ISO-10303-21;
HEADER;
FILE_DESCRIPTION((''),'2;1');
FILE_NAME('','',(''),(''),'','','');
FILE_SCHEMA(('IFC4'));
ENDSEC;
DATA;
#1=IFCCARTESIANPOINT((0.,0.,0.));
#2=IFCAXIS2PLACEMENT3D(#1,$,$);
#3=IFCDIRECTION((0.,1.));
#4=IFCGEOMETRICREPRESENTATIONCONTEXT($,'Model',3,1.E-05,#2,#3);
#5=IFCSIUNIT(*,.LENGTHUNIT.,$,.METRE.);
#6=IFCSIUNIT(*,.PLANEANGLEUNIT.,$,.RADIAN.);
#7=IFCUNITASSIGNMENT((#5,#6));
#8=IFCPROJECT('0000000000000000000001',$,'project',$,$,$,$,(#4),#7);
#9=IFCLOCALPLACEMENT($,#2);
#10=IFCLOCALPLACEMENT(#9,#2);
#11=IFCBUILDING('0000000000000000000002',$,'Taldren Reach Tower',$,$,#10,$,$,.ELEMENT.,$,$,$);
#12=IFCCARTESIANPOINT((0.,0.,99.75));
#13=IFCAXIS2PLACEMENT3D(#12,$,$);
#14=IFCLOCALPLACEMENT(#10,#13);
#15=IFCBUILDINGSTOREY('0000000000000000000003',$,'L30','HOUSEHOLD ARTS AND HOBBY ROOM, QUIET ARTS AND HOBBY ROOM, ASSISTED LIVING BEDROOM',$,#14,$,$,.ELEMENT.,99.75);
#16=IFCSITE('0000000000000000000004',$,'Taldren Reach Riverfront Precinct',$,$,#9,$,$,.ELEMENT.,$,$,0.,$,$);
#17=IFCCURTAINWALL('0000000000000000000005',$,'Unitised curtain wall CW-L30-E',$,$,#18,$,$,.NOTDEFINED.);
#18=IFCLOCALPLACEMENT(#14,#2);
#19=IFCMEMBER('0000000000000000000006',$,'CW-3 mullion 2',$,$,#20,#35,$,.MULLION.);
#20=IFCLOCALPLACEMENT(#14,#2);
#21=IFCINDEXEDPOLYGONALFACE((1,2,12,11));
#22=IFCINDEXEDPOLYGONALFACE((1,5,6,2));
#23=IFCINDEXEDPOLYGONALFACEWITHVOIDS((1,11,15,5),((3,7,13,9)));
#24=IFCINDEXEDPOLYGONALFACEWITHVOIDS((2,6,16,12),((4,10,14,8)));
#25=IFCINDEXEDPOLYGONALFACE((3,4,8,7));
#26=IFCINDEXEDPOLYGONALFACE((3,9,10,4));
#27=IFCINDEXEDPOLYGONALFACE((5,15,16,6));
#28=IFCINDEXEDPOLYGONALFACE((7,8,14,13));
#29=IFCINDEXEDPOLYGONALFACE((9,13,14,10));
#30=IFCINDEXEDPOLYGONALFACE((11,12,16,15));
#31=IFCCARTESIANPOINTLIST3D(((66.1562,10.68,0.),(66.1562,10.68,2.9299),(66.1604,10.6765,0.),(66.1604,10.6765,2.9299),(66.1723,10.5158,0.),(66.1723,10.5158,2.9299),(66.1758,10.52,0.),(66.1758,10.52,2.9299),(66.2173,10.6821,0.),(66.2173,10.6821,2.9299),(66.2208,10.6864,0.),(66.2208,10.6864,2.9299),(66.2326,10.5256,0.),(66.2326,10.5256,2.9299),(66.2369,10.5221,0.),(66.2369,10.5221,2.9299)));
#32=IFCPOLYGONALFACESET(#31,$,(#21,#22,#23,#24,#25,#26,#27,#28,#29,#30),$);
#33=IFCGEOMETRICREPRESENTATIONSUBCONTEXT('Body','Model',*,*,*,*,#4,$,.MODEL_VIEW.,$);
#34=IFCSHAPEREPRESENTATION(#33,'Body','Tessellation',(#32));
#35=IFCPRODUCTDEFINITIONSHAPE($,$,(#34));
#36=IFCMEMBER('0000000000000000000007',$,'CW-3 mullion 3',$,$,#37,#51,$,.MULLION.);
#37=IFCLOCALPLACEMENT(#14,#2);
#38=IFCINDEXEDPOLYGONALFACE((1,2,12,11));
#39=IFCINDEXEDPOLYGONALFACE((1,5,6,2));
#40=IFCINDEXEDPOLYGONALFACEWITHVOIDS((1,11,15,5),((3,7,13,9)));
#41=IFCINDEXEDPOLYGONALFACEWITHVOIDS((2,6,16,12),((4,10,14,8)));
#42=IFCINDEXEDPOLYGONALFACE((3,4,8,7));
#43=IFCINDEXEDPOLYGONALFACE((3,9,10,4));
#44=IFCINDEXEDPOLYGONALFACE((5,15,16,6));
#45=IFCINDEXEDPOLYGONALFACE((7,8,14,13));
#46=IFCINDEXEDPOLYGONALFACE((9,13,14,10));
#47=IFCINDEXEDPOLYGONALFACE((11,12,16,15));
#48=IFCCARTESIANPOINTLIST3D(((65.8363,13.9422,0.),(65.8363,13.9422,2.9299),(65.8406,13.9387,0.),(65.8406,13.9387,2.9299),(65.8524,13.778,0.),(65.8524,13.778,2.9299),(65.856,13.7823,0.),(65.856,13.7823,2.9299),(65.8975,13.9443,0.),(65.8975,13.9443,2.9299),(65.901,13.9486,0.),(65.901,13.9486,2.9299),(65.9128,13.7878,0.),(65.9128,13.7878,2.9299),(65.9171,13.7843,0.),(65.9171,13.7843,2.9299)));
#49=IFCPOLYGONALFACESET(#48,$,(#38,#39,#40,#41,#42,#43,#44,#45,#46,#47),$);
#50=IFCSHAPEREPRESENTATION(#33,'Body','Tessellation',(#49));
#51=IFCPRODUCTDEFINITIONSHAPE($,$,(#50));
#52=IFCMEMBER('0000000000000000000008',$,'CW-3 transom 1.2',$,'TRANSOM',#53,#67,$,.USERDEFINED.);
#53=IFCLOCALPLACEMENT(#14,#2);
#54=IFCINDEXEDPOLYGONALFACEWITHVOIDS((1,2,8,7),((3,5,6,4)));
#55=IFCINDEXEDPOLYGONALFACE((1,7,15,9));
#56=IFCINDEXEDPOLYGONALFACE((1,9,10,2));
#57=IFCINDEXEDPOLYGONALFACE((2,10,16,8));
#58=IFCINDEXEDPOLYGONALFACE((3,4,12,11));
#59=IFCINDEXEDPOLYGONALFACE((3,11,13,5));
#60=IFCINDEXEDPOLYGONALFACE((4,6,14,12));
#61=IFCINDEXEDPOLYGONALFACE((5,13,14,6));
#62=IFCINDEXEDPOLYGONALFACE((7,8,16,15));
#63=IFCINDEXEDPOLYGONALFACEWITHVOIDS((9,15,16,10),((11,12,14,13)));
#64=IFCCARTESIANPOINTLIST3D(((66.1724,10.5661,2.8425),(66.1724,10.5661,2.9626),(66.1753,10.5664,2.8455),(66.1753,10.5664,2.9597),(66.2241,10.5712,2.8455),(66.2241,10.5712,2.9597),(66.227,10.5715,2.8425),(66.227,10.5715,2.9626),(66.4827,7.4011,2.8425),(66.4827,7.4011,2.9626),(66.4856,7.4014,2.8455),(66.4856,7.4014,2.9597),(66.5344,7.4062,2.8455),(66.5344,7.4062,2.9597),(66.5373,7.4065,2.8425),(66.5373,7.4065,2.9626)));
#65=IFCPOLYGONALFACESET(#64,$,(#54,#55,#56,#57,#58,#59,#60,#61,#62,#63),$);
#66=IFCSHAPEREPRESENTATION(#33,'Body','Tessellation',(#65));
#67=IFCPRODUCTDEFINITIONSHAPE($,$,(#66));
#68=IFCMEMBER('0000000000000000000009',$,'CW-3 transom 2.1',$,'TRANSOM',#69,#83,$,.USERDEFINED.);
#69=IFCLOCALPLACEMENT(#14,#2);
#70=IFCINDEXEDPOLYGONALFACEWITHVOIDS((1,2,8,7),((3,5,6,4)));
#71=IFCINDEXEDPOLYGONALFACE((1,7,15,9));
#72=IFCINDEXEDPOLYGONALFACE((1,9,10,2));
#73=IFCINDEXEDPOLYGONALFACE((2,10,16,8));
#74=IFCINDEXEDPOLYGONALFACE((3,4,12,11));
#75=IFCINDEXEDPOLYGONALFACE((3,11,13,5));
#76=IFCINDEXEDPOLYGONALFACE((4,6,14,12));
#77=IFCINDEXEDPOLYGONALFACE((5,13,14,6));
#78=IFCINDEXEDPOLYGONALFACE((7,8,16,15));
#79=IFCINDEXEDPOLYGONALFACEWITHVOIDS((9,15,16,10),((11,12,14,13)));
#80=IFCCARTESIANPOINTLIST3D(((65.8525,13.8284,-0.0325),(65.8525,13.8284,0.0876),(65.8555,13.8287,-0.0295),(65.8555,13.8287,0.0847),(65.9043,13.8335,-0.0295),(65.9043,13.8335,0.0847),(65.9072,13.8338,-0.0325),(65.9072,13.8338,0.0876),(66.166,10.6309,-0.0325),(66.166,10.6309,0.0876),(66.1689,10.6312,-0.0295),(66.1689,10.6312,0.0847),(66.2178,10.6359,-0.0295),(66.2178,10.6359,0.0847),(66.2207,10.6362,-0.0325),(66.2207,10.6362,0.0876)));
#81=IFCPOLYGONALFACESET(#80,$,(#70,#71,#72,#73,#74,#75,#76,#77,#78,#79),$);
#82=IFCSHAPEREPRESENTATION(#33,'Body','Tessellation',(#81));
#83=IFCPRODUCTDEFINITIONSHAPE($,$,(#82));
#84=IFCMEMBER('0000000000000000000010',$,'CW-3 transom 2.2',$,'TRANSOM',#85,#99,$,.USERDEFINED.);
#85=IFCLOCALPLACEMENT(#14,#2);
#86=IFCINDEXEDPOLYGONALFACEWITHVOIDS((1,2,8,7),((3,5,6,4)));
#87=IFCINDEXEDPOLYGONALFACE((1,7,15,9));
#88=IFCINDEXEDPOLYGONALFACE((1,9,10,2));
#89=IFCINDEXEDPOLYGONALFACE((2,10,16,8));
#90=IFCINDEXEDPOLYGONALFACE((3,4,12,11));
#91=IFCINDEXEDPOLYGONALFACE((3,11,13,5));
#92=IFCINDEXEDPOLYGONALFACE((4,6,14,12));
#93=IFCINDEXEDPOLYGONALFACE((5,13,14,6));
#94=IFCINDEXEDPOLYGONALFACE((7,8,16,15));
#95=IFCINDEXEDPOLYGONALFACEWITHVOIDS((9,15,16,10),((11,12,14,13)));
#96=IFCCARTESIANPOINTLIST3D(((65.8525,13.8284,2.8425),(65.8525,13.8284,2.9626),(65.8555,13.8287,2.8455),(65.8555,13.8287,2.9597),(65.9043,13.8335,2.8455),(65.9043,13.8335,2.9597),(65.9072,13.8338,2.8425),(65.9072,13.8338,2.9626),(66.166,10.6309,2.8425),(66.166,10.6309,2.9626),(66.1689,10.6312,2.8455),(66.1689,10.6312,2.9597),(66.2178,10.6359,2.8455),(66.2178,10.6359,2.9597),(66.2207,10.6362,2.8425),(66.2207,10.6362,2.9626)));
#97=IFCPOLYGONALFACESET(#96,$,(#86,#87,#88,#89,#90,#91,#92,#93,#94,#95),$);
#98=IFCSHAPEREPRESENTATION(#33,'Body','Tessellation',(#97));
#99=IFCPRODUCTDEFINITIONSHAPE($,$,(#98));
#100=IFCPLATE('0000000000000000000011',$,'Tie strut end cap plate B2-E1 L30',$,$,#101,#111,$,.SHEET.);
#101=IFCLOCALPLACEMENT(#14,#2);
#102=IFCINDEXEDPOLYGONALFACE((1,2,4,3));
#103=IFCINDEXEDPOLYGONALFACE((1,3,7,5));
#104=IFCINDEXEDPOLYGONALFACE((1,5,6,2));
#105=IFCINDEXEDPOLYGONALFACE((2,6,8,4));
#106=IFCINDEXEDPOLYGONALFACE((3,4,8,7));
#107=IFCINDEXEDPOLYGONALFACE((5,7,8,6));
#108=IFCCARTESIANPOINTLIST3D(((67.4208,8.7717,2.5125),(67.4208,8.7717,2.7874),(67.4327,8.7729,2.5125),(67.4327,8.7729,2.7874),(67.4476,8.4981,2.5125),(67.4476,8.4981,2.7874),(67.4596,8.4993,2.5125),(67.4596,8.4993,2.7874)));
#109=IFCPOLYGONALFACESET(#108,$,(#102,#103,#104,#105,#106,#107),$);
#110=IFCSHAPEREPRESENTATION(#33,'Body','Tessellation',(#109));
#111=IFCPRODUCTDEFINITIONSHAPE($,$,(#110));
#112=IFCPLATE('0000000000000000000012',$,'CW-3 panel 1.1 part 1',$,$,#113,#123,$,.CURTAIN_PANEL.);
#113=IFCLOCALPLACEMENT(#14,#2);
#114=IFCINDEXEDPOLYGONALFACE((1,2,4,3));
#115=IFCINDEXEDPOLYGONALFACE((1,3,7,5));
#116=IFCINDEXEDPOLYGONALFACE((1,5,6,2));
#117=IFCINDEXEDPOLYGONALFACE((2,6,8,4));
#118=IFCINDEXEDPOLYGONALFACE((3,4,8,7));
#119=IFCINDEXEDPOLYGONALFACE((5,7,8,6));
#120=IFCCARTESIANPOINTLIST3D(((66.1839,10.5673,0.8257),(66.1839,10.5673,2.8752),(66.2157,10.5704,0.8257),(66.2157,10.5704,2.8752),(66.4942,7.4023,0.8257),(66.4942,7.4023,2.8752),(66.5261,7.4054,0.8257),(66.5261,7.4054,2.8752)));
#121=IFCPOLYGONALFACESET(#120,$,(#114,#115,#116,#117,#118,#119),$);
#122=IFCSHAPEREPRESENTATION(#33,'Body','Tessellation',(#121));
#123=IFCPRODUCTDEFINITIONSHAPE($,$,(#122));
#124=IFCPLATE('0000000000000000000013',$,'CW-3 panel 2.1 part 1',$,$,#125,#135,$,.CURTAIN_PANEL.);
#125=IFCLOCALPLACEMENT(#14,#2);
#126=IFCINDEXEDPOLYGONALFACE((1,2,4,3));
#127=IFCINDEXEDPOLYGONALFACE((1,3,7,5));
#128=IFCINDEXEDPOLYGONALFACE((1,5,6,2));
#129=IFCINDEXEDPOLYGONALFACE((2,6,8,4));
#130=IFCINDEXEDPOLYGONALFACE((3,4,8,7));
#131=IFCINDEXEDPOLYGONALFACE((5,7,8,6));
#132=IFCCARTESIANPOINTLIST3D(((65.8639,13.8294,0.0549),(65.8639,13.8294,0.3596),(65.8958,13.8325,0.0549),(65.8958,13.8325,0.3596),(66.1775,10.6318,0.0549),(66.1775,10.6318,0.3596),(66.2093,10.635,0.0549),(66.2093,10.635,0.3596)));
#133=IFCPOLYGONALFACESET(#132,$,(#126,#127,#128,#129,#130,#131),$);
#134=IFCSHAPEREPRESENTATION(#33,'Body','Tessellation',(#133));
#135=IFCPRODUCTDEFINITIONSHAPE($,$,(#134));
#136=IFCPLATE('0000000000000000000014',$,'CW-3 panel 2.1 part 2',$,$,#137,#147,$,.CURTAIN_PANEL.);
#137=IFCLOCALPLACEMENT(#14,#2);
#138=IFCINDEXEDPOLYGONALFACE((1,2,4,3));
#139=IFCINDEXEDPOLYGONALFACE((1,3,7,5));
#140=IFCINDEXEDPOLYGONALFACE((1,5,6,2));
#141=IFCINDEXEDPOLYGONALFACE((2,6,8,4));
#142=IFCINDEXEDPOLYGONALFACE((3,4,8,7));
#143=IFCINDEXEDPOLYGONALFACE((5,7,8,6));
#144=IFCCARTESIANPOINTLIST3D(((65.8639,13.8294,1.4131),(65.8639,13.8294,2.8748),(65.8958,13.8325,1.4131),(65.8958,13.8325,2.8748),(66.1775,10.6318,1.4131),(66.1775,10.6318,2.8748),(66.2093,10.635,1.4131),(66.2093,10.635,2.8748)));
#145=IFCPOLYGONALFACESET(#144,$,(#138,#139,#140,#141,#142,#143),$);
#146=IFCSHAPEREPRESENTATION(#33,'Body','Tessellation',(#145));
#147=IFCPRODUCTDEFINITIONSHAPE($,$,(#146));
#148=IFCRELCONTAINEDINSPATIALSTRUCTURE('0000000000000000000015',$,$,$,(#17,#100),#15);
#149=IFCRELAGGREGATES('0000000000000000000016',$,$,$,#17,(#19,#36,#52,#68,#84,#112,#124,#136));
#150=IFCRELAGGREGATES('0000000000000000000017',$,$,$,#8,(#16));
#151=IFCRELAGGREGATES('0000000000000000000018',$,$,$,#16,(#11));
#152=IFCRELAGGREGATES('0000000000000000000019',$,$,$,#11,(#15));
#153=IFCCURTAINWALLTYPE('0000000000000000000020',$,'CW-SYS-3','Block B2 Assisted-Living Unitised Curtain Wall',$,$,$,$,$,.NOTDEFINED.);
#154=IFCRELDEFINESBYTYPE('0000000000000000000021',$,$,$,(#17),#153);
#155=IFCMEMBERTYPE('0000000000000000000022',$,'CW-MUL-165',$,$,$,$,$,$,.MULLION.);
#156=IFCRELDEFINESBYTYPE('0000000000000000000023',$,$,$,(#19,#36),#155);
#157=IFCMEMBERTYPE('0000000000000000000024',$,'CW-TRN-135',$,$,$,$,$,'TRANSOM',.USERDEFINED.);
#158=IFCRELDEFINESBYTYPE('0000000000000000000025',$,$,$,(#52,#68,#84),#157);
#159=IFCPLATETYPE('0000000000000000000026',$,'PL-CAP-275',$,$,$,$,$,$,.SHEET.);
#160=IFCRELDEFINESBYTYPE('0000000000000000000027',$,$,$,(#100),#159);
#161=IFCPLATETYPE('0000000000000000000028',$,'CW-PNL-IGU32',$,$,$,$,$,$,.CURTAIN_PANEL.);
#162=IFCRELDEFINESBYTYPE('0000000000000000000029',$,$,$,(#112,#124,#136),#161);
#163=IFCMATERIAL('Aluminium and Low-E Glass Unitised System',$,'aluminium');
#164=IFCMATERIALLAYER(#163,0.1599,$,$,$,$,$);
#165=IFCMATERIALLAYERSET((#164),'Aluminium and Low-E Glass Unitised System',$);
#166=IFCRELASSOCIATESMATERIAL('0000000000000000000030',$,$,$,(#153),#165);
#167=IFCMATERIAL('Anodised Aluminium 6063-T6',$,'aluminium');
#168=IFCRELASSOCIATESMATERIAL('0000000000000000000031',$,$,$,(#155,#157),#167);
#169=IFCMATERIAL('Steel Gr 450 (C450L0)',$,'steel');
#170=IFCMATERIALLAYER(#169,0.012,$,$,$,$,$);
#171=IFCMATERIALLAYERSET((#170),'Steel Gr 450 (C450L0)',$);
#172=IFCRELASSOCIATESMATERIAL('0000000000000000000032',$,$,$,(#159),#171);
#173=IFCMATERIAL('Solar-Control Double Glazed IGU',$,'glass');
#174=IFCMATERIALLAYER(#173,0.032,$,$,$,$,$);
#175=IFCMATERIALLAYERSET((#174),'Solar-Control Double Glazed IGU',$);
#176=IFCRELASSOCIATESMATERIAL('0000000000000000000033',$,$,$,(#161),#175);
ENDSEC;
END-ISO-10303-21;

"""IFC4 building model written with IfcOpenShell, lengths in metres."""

from ifc_helpers import new_model, si_unit, direction, frame, origin, origin_2d, place, context, subcontext, project, spatial, rectangle, hollow_rectangle, extrude, source, transform, mapped, material, layer, layer_set, material_profile, profile_set, type_object, element, aggregate, save


model = new_model("IFC4")

# Units and contexts
model_context = context("Model", 3, precision=1e-05, world=origin(), true_north=direction((0.0, 1.0)))
body_context = subcontext(model_context, "Body", "Model", "MODEL_VIEW")
ifc_project = project(units=[si_unit("LENGTHUNIT", "METRE"), si_unit("PLANEANGLEUNIT", "RADIAN")], contexts=[model_context])

# Site, building, storey
site_placement = place(None, origin())
site = spatial("IfcSite", under=ifc_project, at=site_placement, Name="Taldren Reach Riverfront Precinct", CompositionType="ELEMENT", RefElevation=0.0)
building_placement = place(site_placement, origin())
building = spatial("IfcBuilding", under=site, at=building_placement, Name="Taldren Reach Tower", CompositionType="ELEMENT")
storey_placement = place(building_placement, frame((0.0, 0.0, 99.75)))
storey = spatial("IfcBuildingStorey", under=building, at=storey_placement, Name="L30", Description="HOUSEHOLD ARTS AND HOBBY ROOM, QUIET ARTS AND HOBBY ROOM, ASSISTED LIVING BEDROOM", CompositionType="ELEMENT", Elevation=99.75)

# Shared definitions
ifc_material_1 = material(Name="Steel Gr 450 (C450L0)", Category="steel")

# Curtain wall, members
ifc_material_2 = material(Name="Aluminium and Low-E Glass Unitised System", Category="aluminium")
ifc_layer_1 = layer(ifc_material_2, 0.1599)
ifc_layer_set_1 = layer_set([ifc_layer_1], Name="Aluminium and Low-E Glass Unitised System")
curtain_wall_type = type_object("IfcCurtainWallType", Name="CW-SYS-3", Description="Block B2 Assisted-Living Unitised Curtain Wall", PredefinedType="NOTDEFINED", material=ifc_layer_set_1)
curtain_wall_placement = place(storey_placement, origin())
curtain_wall = element("IfcCurtainWall", 1, at=curtain_wall_placement, inside=storey, type_object=curtain_wall_type, Name="Unitised curtain wall CW-L30-E", PredefinedType="NOTDEFINED")
ifc_material_3 = material(Name="Anodised Aluminium 6063-T6", Category="aluminium")
ifc_material_profile_1 = material_profile(ifc_material_3, hollow_rectangle(XDim=0.0649, YDim=0.165, WallThickness=0.0039, at=origin_2d()), Name="ALU-165x65x4RHS")
ifc_profile_set_1 = profile_set([ifc_material_profile_1], Name="Anodised Aluminium 6063-T6")
member_type_1 = type_object("IfcMemberType", Name="CW-MUL-165", PredefinedType="MULLION", material=ifc_profile_set_1)
shared_shape_1 = source(origin(), body_context, "Body", "SweptSolid", [
    extrude(hollow_rectangle(XDim=0.0649, YDim=0.165, WallThickness=0.0039, at=origin_2d()), origin(), (0.0, 0.0, 1.0), 2.9299),
])
member_1_placement = place(storey_placement, frame((66.1965, 10.6011, 0.0), z_axis=(0.0, 0.0, 1.0), x_axis=(-0.995227, -0.097583, 0.0)))
member_1 = element("IfcMember", 2, at=member_1_placement, type_object=member_type_1, Name="CW-3 mullion 2", PredefinedType="MULLION", context=body_context, shape_type="MappedRepresentation", body=[
    mapped(shared_shape_1, transform((0.0, 0.0, 0.0), scale=1.0)),
])
member_2_placement = place(storey_placement, frame((65.8767, 13.8633, 0.0), z_axis=(0.0, 0.0, 1.0), x_axis=(-0.995227, -0.097583, 0.0)))
member_2 = element("IfcMember", 3, at=member_2_placement, type_object=member_type_1, Name="CW-3 mullion 3", PredefinedType="MULLION", context=body_context, shape_type="MappedRepresentation", body=[
    mapped(shared_shape_1, transform((0.0, 0.0, 0.0), scale=1.0)),
])
ifc_material_profile_2 = material_profile(ifc_material_3, hollow_rectangle(XDim=0.0549, YDim=0.1201, WallThickness=0.0029, at=origin_2d()), Name="ALU-120x55x3RHS")
ifc_profile_set_2 = profile_set([ifc_material_profile_2], Name="Anodised Aluminium 6063-T6")
member_type_2 = type_object("IfcMemberType", Name="CW-TRN-135", ElementType="TRANSOM", PredefinedType="USERDEFINED", material=ifc_profile_set_2)
shared_shape_2 = source(origin(), body_context, "Body", "SweptSolid", [
    extrude(hollow_rectangle(XDim=0.0549, YDim=0.1201, WallThickness=0.0029, at=origin_2d()), origin(), (0.0, 0.0, 1.0), 3.1802),
])
member_3_placement = place(storey_placement, frame((66.51, 7.4038, 2.9026), z_axis=(-0.097573, 0.995228, 0.0), x_axis=(-0.995228, -0.097573, 0.0)))
member_3 = element("IfcMember", 4, at=member_3_placement, type_object=member_type_2, Name="CW-3 transom 1.2", ObjectType="TRANSOM", PredefinedType="USERDEFINED", context=body_context, shape_type="MappedRepresentation", body=[
    mapped(shared_shape_2, transform((0.0, 0.0, 0.0), scale=1.0)),
])
shared_shape_3 = source(origin(), body_context, "Body", "SweptSolid", [
    extrude(hollow_rectangle(XDim=0.0549, YDim=0.1201, WallThickness=0.0029, at=origin_2d()), origin(), (0.0, 0.0, 1.0), 3.2129),
])
member_4_placement = place(storey_placement, frame((66.1934, 10.6335, 0.0276), z_axis=(-0.09757, 0.995229, 0.0), x_axis=(-0.995229, -0.09757, 0.0)))
member_4 = element("IfcMember", 5, at=member_4_placement, type_object=member_type_2, Name="CW-3 transom 2.1", ObjectType="TRANSOM", PredefinedType="USERDEFINED", context=body_context, shape_type="MappedRepresentation", body=[
    mapped(shared_shape_3, transform((0.0, 0.0, 0.0), scale=1.0)),
])
member_5_placement = place(storey_placement, frame((66.1934, 10.6335, 2.9026), z_axis=(-0.09757, 0.995229, 0.0), x_axis=(-0.995229, -0.09757, 0.0)))
member_5 = element("IfcMember", 6, at=member_5_placement, type_object=member_type_2, Name="CW-3 transom 2.2", ObjectType="TRANSOM", PredefinedType="USERDEFINED", context=body_context, shape_type="MappedRepresentation", body=[
    mapped(shared_shape_3, transform((0.0, 0.0, 0.0), scale=1.0)),
])

# Plates
ifc_layer_2 = layer(ifc_material_1, 0.012)
ifc_layer_set_2 = layer_set([ifc_layer_2], Name="Steel Gr 450 (C450L0)")
plate_type_1 = type_object("IfcPlateType", Name="PL-CAP-275", PredefinedType="SHEET", material=ifc_layer_set_2)
shared_shape_4 = source(origin(), body_context, "Body", "SweptSolid", [
    extrude(rectangle(XDim=0.012, YDim=0.2749, at=origin_2d()), origin(), (0.0, 0.0, 1.0), 0.2749),
])
plate_1_placement = place(storey_placement, frame((67.4402, 8.6355, 2.5125), z_axis=(0.0, 0.0, 1.0), x_axis=(0.995227, 0.097583, 0.0)))
element("IfcPlate", 7, at=plate_1_placement, inside=storey, type_object=plate_type_1, Name="Tie strut end cap plate B2-E1 L30", PredefinedType="SHEET", context=body_context, shape_type="MappedRepresentation", body=[
    mapped(shared_shape_4, transform((0.0, 0.0, 0.0), scale=1.0)),
])
ifc_material_4 = material(Name="Solar-Control Double Glazed IGU", Category="glass")
ifc_layer_3 = layer(ifc_material_4, 0.032)
ifc_layer_set_3 = layer_set([ifc_layer_3], Name="Solar-Control Double Glazed IGU")
plate_type_2 = type_object("IfcPlateType", Name="CW-PNL-IGU32", PredefinedType="CURTAIN_PANEL", material=ifc_layer_set_3)
shared_shape_5 = source(origin(), body_context, "Body", "SweptSolid", [
    extrude(rectangle(XDim=3.1802, YDim=0.032, at=origin_2d()), origin(), (0.0, 0.0, 1.0), 2.0496),
])
plate_2_placement = place(storey_placement, frame((66.355, 8.9863, 0.8257), z_axis=(0.0, 0.0, 1.0), x_axis=(-0.097583, 0.995227, 0.0)))
plate_2 = element("IfcPlate", 8, at=plate_2_placement, type_object=plate_type_2, Name="CW-3 panel 1.1 part 1", PredefinedType="CURTAIN_PANEL", context=body_context, shape_type="MappedRepresentation", body=[
    mapped(shared_shape_5, transform((0.0, 0.0, 0.0), scale=1.0)),
])
shared_shape_6 = source(origin(), body_context, "Body", "SweptSolid", [
    extrude(rectangle(XDim=3.2129, YDim=0.032, at=origin_2d()), origin(), (0.0, 0.0, 1.0), 0.3047),
])
plate_3_placement = place(storey_placement, frame((66.0366, 12.2322, 0.0549), z_axis=(0.0, 0.0, 1.0), x_axis=(-0.097583, 0.995227, 0.0)))
plate_3 = element("IfcPlate", 9, at=plate_3_placement, type_object=plate_type_2, Name="CW-3 panel 2.1 part 1", PredefinedType="CURTAIN_PANEL", context=body_context, shape_type="MappedRepresentation", body=[
    mapped(shared_shape_6, transform((0.0, 0.0, 0.0), scale=1.0)),
])
shared_shape_7 = source(origin(), body_context, "Body", "SweptSolid", [
    extrude(rectangle(XDim=3.2129, YDim=0.032, at=origin_2d()), origin(), (0.0, 0.0, 1.0), 1.4617),
])
plate_4_placement = place(storey_placement, frame((66.0366, 12.2322, 1.4131), z_axis=(0.0, 0.0, 1.0), x_axis=(-0.097583, 0.995227, 0.0)))
plate_4 = element("IfcPlate", 10, at=plate_4_placement, type_object=plate_type_2, Name="CW-3 panel 2.1 part 2", PredefinedType="CURTAIN_PANEL", context=body_context, shape_type="MappedRepresentation", body=[
    mapped(shared_shape_7, transform((0.0, 0.0, 0.0), scale=1.0)),
])
aggregate(curtain_wall, [member_1, member_2, member_3, member_4, member_5, plate_2, plate_3, plate_4])

save(model, "model.ifc")
